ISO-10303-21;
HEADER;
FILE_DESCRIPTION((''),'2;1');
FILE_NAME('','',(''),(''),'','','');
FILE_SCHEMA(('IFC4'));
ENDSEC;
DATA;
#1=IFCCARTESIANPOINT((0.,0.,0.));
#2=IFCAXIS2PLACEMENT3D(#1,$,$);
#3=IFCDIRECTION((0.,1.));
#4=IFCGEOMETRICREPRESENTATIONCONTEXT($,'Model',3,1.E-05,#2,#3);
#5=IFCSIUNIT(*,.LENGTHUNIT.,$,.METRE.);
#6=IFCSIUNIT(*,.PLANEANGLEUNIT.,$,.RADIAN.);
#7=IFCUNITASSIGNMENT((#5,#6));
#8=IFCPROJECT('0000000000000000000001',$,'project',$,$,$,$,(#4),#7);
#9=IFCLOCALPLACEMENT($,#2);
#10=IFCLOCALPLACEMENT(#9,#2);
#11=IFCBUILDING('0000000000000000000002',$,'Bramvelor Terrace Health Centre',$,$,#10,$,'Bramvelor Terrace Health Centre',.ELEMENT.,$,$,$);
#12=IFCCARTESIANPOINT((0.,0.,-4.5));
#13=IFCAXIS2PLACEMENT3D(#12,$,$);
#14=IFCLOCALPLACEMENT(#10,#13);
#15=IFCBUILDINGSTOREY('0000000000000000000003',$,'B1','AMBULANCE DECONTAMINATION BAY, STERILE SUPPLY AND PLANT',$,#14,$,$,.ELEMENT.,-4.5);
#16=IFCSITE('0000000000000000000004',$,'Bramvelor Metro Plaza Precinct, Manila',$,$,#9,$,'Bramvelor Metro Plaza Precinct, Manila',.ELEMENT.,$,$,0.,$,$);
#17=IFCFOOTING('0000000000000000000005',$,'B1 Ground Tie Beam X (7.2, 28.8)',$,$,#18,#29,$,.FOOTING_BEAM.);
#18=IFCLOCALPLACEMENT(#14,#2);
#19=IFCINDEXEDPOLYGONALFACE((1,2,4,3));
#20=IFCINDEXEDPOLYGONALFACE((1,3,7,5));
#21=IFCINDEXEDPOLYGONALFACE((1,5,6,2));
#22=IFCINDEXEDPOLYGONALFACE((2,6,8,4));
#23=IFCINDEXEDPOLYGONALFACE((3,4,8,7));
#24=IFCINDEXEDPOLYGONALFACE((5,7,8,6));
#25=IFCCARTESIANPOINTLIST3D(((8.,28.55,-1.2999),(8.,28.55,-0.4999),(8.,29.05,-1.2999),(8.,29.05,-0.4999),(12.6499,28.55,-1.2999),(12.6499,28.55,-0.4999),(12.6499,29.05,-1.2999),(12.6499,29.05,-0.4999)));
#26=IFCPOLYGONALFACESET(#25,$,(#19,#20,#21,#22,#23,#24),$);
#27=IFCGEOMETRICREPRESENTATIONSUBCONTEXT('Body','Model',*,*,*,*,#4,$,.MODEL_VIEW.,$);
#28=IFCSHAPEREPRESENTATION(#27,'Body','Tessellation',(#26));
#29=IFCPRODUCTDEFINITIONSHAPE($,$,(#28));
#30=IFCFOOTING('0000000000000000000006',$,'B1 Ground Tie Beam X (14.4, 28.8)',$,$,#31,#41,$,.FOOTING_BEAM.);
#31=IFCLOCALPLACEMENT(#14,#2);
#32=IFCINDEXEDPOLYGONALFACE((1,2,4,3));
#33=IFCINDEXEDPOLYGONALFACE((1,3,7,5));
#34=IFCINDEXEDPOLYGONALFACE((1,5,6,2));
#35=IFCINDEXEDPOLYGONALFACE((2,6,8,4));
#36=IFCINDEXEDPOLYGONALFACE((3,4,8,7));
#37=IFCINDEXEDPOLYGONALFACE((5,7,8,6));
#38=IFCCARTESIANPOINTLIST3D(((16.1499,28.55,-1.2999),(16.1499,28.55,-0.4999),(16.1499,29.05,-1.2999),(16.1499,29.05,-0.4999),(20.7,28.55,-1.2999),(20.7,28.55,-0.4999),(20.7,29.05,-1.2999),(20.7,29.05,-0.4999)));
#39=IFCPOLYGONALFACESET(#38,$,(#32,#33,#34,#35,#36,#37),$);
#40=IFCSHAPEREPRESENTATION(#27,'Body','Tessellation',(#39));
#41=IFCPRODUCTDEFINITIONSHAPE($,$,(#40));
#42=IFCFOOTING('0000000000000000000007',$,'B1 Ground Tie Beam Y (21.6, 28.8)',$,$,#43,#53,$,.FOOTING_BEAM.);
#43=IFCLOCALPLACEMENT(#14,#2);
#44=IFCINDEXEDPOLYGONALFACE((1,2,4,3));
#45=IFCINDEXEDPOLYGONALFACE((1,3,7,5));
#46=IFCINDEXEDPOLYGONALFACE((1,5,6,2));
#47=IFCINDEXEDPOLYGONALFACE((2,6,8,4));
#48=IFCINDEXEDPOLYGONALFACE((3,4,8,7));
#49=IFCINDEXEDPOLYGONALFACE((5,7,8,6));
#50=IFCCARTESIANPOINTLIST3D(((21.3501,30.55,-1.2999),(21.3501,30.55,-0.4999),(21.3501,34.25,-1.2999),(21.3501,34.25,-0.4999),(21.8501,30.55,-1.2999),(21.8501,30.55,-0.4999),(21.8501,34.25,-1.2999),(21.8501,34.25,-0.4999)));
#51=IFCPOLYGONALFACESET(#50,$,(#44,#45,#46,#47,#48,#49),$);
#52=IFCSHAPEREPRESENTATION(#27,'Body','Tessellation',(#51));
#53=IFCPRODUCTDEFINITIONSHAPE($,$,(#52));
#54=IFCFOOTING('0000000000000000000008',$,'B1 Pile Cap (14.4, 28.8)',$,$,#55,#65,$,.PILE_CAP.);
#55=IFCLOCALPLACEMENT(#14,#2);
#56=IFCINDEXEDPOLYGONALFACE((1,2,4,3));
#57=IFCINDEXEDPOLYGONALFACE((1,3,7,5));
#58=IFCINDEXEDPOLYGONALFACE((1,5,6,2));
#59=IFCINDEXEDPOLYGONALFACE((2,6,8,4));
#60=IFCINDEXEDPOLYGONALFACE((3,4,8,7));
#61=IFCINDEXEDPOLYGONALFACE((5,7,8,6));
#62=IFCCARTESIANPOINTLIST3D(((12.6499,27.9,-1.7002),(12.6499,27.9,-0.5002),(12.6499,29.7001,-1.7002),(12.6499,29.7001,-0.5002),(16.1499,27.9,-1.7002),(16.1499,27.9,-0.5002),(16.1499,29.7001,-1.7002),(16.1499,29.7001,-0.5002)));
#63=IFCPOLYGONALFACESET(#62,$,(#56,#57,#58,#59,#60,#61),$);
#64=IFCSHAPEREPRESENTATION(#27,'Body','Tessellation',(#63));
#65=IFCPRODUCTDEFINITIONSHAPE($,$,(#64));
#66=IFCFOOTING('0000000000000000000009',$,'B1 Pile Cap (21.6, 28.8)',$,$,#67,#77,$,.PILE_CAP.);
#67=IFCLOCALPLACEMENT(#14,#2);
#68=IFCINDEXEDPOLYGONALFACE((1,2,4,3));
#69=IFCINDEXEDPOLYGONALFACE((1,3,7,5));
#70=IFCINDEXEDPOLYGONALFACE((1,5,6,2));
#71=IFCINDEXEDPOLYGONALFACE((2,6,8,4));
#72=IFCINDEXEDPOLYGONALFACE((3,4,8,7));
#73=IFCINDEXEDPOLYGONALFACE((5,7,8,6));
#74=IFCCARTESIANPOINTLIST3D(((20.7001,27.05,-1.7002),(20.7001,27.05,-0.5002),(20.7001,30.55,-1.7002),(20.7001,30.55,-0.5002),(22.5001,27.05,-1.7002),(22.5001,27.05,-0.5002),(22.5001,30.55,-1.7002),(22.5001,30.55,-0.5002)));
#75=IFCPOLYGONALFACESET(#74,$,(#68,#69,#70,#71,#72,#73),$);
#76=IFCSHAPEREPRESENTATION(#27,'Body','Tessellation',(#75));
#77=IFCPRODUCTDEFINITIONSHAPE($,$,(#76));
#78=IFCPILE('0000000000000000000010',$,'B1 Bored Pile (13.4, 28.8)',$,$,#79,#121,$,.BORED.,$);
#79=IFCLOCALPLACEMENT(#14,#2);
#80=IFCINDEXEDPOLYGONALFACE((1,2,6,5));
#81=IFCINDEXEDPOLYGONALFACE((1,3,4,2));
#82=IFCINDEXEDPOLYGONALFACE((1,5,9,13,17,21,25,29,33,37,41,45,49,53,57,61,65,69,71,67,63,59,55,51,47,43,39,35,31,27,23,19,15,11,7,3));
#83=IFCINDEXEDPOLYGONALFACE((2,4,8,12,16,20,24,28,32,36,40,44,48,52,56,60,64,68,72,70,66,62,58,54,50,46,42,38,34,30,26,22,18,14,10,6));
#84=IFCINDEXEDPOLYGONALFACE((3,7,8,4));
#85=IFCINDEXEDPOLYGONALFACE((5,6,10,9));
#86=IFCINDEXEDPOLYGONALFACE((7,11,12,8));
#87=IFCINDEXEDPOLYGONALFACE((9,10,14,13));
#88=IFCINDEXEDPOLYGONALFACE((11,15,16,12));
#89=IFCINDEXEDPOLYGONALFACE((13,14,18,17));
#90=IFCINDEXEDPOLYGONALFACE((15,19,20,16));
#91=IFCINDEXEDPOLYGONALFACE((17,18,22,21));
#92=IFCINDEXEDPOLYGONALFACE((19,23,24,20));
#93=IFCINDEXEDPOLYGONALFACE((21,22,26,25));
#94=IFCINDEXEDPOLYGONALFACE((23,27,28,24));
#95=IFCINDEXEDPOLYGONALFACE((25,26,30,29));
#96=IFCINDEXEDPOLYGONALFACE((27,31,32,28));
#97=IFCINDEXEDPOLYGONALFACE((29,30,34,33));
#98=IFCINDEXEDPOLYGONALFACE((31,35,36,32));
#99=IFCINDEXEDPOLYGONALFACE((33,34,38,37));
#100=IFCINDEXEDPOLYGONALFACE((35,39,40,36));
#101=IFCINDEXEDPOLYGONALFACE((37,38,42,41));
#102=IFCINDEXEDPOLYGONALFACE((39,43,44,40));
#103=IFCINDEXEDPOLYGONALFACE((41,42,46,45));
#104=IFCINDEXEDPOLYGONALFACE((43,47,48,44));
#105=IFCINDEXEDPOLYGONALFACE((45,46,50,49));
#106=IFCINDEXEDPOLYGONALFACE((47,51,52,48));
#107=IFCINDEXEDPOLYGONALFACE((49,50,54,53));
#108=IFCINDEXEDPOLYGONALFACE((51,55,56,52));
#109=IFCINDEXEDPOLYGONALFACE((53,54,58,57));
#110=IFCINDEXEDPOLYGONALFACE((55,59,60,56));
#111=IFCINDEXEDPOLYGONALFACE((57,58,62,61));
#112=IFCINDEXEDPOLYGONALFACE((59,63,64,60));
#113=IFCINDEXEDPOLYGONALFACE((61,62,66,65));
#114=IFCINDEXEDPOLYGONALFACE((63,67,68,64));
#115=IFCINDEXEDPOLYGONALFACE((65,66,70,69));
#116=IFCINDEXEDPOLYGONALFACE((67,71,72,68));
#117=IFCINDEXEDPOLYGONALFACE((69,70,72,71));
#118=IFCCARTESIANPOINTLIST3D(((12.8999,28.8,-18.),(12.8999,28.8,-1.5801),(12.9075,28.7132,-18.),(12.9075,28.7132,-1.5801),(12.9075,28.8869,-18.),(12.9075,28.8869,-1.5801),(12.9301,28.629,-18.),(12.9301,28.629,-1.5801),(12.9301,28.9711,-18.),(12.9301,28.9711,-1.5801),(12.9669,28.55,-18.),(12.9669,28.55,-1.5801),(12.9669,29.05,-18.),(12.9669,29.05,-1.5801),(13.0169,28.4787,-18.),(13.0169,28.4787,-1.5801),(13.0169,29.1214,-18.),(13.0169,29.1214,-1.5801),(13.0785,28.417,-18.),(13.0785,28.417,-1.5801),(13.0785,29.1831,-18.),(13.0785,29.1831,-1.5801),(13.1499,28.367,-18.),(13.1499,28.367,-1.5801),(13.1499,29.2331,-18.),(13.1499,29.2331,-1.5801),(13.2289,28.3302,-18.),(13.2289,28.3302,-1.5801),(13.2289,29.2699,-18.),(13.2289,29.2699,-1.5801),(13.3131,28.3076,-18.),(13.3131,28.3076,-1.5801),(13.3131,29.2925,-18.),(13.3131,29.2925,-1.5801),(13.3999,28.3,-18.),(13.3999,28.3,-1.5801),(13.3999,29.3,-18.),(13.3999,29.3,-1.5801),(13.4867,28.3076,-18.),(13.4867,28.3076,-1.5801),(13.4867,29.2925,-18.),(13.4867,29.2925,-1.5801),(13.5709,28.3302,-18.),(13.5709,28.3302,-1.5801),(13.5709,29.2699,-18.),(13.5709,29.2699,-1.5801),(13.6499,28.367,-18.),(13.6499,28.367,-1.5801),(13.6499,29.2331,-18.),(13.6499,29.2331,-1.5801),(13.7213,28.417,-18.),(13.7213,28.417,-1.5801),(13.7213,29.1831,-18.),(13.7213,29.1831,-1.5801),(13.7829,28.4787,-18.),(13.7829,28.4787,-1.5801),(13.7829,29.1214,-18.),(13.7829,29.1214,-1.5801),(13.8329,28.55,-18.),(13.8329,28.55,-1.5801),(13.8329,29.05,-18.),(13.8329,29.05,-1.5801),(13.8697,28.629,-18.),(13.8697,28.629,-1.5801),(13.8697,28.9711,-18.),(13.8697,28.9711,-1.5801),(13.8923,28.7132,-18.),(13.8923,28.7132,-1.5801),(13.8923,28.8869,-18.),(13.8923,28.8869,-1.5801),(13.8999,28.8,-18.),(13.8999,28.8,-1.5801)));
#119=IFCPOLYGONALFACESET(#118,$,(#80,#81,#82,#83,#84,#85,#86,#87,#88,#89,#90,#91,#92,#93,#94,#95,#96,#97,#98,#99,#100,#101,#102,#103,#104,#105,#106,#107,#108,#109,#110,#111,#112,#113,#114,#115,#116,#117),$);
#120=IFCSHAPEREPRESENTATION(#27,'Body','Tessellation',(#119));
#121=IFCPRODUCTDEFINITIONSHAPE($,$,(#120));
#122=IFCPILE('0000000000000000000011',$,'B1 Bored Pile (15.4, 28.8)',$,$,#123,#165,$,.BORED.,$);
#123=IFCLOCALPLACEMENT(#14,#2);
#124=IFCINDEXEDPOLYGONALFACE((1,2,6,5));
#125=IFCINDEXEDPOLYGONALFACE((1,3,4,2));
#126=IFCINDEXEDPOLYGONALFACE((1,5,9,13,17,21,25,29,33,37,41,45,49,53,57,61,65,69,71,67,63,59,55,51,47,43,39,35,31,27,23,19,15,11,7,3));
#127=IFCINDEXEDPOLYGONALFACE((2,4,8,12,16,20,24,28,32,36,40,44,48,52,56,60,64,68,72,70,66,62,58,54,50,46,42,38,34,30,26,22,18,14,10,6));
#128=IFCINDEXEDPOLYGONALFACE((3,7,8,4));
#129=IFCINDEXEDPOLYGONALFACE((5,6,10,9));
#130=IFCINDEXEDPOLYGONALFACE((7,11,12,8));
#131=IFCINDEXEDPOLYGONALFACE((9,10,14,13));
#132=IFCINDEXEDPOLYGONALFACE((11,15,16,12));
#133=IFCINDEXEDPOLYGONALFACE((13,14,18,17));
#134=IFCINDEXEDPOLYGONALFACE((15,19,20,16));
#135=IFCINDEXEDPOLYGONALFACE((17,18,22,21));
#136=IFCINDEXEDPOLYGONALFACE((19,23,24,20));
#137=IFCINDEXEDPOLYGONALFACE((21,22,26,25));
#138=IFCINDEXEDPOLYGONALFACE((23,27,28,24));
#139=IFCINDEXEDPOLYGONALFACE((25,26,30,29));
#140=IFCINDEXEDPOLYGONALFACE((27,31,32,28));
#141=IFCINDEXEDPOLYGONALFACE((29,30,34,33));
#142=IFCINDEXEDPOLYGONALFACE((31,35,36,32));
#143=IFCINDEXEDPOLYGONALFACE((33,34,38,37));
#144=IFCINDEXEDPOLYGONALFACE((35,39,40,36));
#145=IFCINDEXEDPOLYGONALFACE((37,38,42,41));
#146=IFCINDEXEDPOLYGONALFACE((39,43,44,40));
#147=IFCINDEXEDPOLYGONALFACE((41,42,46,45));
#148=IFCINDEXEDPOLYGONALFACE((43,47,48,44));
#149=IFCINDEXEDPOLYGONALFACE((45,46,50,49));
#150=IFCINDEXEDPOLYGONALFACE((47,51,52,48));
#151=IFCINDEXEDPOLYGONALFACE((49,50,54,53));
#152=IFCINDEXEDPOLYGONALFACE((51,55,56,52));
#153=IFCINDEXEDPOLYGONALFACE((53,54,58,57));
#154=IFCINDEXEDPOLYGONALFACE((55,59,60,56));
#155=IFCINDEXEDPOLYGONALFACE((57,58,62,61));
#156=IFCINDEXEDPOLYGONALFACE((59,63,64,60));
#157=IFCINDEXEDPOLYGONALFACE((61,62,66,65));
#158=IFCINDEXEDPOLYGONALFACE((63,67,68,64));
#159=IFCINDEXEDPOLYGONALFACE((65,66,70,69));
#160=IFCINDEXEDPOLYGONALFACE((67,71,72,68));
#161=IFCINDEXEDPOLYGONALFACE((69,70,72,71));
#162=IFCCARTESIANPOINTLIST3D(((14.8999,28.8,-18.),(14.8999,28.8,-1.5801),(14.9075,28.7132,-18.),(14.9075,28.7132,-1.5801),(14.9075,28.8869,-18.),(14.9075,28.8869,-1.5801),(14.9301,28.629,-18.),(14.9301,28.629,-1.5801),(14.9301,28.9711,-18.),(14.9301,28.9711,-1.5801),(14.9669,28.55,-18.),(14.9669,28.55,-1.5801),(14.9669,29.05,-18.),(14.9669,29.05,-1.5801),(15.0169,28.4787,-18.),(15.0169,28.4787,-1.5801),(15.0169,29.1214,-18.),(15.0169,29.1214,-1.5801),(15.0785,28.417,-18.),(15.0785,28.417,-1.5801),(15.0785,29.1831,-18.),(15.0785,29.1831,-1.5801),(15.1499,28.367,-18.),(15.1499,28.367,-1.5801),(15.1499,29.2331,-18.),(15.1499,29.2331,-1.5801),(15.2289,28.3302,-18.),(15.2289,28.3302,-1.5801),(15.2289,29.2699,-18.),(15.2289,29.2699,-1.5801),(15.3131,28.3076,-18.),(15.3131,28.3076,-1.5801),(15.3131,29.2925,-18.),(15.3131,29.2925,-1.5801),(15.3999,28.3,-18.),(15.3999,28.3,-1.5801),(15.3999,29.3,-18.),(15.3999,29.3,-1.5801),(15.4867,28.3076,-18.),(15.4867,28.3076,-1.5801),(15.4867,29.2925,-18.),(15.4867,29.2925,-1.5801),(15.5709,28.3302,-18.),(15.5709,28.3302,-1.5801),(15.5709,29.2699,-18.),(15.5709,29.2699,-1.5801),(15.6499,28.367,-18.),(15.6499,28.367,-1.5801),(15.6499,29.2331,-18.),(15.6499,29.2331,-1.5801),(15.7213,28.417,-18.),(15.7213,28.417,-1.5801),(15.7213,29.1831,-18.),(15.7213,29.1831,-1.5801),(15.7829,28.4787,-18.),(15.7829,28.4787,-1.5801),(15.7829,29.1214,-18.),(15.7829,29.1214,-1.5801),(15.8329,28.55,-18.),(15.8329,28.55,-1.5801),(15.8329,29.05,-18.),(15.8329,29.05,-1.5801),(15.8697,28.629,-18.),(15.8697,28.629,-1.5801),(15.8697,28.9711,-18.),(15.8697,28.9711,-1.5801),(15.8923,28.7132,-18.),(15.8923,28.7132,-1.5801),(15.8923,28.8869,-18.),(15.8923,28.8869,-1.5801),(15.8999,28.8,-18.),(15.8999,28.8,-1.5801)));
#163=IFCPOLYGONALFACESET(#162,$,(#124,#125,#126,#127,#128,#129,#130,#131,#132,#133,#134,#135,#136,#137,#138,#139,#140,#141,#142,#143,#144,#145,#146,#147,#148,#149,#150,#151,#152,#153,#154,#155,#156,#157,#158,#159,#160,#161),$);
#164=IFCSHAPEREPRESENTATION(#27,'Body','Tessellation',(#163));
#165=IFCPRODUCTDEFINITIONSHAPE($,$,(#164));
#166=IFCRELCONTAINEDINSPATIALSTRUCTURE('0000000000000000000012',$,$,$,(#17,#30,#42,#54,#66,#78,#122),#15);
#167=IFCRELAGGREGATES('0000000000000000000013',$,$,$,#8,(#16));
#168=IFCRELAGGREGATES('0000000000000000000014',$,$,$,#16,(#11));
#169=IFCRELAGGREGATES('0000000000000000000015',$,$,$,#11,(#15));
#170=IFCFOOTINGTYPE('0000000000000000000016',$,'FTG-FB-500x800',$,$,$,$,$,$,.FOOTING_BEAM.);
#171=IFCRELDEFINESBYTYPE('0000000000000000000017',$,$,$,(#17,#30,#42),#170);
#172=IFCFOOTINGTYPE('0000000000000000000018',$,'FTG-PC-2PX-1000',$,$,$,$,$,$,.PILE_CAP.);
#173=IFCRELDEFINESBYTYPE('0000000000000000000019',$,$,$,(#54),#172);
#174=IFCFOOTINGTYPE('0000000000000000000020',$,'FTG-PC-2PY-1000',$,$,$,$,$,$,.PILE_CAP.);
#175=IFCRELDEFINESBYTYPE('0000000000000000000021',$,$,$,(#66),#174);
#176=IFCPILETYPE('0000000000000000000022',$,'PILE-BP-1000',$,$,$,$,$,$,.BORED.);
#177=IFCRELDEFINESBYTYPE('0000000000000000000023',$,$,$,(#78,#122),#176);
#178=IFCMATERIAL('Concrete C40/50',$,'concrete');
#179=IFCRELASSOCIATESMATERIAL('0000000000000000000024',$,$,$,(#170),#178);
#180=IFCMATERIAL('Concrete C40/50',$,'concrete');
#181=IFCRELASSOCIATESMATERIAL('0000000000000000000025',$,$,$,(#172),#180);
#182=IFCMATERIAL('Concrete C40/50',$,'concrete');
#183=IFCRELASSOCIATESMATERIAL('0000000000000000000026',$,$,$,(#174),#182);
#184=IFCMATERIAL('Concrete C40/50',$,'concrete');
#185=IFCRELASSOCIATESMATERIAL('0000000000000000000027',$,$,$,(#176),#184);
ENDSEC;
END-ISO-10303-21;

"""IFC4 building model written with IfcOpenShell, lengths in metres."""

from ifc_helpers import new_model, si_unit, direction, frame, origin, origin_2d, place, context, subcontext, project, spatial, rectangle, circle, extrude, material, material_profile, profile_set, type_object, element, save


model = new_model("IFC4")

# Units and contexts
model_context = context("Model", 3, precision=1e-05, world=origin(), true_north=direction((0.0, 1.0)))
body_context = subcontext(model_context, "Body", "Model", "MODEL_VIEW")
ifc_project = project(units=[si_unit("LENGTHUNIT", "METRE"), si_unit("PLANEANGLEUNIT", "RADIAN")], contexts=[model_context])

# Site, building, storey
site_placement = place(None, origin())
site = spatial("IfcSite", under=ifc_project, at=site_placement, Name="Bramvelor Metro Plaza Precinct, Manila", LongName="Bramvelor Metro Plaza Precinct, Manila", CompositionType="ELEMENT", RefElevation=0.0)
building_placement = place(site_placement, origin())
building = spatial("IfcBuilding", under=site, at=building_placement, Name="Bramvelor Terrace Health Centre", LongName="Bramvelor Terrace Health Centre", CompositionType="ELEMENT")
storey_placement = place(building_placement, frame((0.0, 0.0, -4.5)))
storey = spatial("IfcBuildingStorey", under=building, at=storey_placement, Name="B1", Description="AMBULANCE DECONTAMINATION BAY, STERILE SUPPLY AND PLANT", CompositionType="ELEMENT", Elevation=-4.5)

# Footings
ifc_material_1 = material(Name="Concrete C40/50", Category="concrete")
ifc_material_profile_1 = material_profile(ifc_material_1, rectangle(XDim=0.5, YDim=0.8, at=origin_2d()), Name="RC 500x800")
ifc_profile_set_1 = profile_set([ifc_material_profile_1], Name="Concrete C40/50")
footing_type_1 = type_object("IfcFootingType", Name="FTG-FB-500x800", PredefinedType="FOOTING_BEAM", material=ifc_profile_set_1)
footing_1_placement = place(storey_placement, frame((8.0, 28.8, -0.8999), z_axis=(1.0, 0.0, 0.0), x_axis=(0.0, 1.0, 0.0)))
element("IfcFooting", 1, at=footing_1_placement, inside=storey, type_object=footing_type_1, Name="B1 Ground Tie Beam X (7.2, 28.8)", PredefinedType="FOOTING_BEAM", context=body_context, shape_type="SweptSolid", body=[
    extrude(rectangle(XDim=0.5, YDim=0.8, at=origin_2d()), origin(), (0.0, 0.0, 1.0), 4.6499),
])
footing_2_placement = place(storey_placement, frame((16.1499, 28.8, -0.8999), z_axis=(1.0, 0.0, 0.0), x_axis=(0.0, 1.0, 0.0)))
element("IfcFooting", 2, at=footing_2_placement, inside=storey, type_object=footing_type_1, Name="B1 Ground Tie Beam X (14.4, 28.8)", PredefinedType="FOOTING_BEAM", context=body_context, shape_type="SweptSolid", body=[
    extrude(rectangle(XDim=0.5, YDim=0.8, at=origin_2d()), origin(), (0.0, 0.0, 1.0), 4.55),
])
footing_3_placement = place(storey_placement, frame((21.6001, 30.55, -0.8999), z_axis=(0.0, 1.0, 0.0), x_axis=(-1.0, 0.0, 0.0)))
element("IfcFooting", 3, at=footing_3_placement, inside=storey, type_object=footing_type_1, Name="B1 Ground Tie Beam Y (21.6, 28.8)", PredefinedType="FOOTING_BEAM", context=body_context, shape_type="SweptSolid", body=[
    extrude(rectangle(XDim=0.5, YDim=0.8, at=origin_2d()), origin(), (0.0, 0.0, 1.0), 3.7),
])
ifc_material_2 = material(Name="Concrete C40/50", Category="concrete")
footing_type_2 = type_object("IfcFootingType", Name="FTG-PC-2PX-1000", PredefinedType="PILE_CAP", material=ifc_material_2)
footing_4_placement = place(storey_placement, frame((14.3999, 28.8, -1.7002), z_axis=(0.0, 0.0, 1.0), x_axis=(1.0, 0.0, 0.0)))
element("IfcFooting", 4, at=footing_4_placement, inside=storey, type_object=footing_type_2, Name="B1 Pile Cap (14.4, 28.8)", PredefinedType="PILE_CAP", context=body_context, shape_type="SweptSolid", body=[
    extrude(rectangle(XDim=3.5, YDim=1.8, at=origin_2d()), origin(), (0.0, 0.0, 1.0), 1.2),
])
ifc_material_3 = material(Name="Concrete C40/50", Category="concrete")
footing_type_3 = type_object("IfcFootingType", Name="FTG-PC-2PY-1000", PredefinedType="PILE_CAP", material=ifc_material_3)
footing_5_placement = place(storey_placement, frame((21.6001, 28.8, -1.7002), z_axis=(0.0, 0.0, 1.0), x_axis=(1.0, 0.0, 0.0)))
element("IfcFooting", 5, at=footing_5_placement, inside=storey, type_object=footing_type_3, Name="B1 Pile Cap (21.6, 28.8)", PredefinedType="PILE_CAP", context=body_context, shape_type="SweptSolid", body=[
    extrude(rectangle(XDim=1.8, YDim=3.5, at=origin_2d()), origin(), (0.0, 0.0, 1.0), 1.2),
])

# Piles
ifc_material_4 = material(Name="Concrete C40/50", Category="concrete")
ifc_material_profile_2 = material_profile(ifc_material_4, circle(Radius=0.5, at=origin_2d()), Name="BP D1000")
ifc_profile_set_2 = profile_set([ifc_material_profile_2], Name="Concrete C40/50")
pile_type_1 = type_object("IfcPileType", Name="PILE-BP-1000", PredefinedType="BORED", material=ifc_profile_set_2)
for number, where, z_axis, x_axis, name in (
    (6, (13.3999, 28.8, -1.5801), (0.0, 0.0, -1.0), (1.0, 0.0, 0.0), "B1 Bored Pile (13.4, 28.8)"),
    (7, (15.3999, 28.8, -1.5801), (0.0, 0.0, -1.0), (1.0, 0.0, 0.0), "B1 Bored Pile (15.4, 28.8)"),
):
    element("IfcPile", number, at=place(storey_placement, frame(where, z_axis=z_axis, x_axis=x_axis)), inside=storey, type_object=pile_type_1, Name=name, PredefinedType="BORED", context=body_context, shape_type="SweptSolid", body=[
        extrude(circle(Radius=0.5, at=origin_2d()), origin(), (0.0, 0.0, 1.0), 16.4199),
    ])

save(model, "model.ifc")
